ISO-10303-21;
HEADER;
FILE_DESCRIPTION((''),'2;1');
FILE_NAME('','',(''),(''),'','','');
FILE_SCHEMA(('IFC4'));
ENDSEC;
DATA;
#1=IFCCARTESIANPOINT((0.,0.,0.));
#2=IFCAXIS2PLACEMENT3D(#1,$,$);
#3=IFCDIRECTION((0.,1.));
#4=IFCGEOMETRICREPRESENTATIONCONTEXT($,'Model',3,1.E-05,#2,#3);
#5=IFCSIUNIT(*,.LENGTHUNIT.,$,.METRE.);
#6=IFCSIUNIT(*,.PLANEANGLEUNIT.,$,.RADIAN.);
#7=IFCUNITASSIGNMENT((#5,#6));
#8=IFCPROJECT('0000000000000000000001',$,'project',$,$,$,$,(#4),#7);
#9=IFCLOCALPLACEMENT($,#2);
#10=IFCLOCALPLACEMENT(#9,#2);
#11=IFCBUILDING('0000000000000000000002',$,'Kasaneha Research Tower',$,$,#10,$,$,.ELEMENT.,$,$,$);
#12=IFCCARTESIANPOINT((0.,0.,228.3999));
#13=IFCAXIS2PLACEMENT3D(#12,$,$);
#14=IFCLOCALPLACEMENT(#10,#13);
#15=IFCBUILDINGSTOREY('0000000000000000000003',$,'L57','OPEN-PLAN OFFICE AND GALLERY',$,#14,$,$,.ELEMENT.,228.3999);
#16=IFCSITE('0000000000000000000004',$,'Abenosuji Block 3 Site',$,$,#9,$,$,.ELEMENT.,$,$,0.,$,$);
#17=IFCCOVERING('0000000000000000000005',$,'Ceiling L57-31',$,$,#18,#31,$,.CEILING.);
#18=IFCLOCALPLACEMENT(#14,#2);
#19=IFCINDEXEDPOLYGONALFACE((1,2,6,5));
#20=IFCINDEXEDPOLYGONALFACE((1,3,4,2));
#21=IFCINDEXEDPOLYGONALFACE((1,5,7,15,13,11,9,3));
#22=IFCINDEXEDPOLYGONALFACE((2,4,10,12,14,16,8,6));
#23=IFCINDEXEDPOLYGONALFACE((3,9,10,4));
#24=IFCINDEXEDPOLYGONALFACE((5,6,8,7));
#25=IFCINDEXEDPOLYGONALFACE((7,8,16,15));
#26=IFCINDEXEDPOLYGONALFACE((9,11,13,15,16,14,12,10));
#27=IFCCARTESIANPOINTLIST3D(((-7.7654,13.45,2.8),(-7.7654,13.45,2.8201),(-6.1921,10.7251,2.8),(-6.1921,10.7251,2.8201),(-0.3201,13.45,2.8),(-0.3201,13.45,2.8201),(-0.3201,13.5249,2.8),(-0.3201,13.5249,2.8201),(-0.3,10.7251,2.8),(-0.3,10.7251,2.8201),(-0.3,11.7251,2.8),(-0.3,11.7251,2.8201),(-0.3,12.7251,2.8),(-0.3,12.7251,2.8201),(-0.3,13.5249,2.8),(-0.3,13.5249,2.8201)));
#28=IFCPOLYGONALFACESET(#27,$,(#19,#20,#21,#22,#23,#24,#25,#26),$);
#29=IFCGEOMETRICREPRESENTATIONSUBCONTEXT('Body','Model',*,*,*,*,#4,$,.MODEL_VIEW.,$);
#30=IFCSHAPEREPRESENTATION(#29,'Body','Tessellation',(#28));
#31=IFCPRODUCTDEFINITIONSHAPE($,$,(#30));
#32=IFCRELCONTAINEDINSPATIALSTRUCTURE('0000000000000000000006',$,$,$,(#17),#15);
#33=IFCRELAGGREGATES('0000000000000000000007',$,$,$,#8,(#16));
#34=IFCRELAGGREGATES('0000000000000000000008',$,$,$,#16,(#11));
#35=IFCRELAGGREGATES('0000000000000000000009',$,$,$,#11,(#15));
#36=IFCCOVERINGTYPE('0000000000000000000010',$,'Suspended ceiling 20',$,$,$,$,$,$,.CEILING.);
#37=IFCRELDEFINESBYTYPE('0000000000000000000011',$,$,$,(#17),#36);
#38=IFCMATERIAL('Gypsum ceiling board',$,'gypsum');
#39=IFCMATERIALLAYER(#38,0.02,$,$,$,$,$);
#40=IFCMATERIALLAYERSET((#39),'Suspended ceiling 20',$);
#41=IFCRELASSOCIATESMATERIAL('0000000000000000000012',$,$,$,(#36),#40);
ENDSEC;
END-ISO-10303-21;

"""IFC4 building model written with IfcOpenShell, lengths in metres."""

from ifc_helpers import new_model, si_unit, direction, frame, origin, place, context, subcontext, project, spatial, polyline, outline, extrude, material, layer, layer_set, type_object, element, save


model = new_model("IFC4")

# Units and contexts
model_context = context("Model", 3, precision=1e-05, world=origin(), true_north=direction((0.0, 1.0)))
body_context = subcontext(model_context, "Body", "Model", "MODEL_VIEW")
ifc_project = project(units=[si_unit("LENGTHUNIT", "METRE"), si_unit("PLANEANGLEUNIT", "RADIAN")], contexts=[model_context])

# Site, building, storey
site_placement = place(None, origin())
site = spatial("IfcSite", under=ifc_project, at=site_placement, Name="Abenosuji Block 3 Site", CompositionType="ELEMENT", RefElevation=0.0)
building_placement = place(site_placement, origin())
building = spatial("IfcBuilding", under=site, at=building_placement, Name="Kasaneha Research Tower", CompositionType="ELEMENT")
storey_placement = place(building_placement, frame((0.0, 0.0, 228.3999)))
storey = spatial("IfcBuildingStorey", under=building, at=storey_placement, Name="L57", Description="OPEN-PLAN OFFICE AND GALLERY", CompositionType="ELEMENT", Elevation=228.3999)

# Covering
ifc_material_1 = material(Name="Gypsum ceiling board", Category="gypsum")
ifc_layer_1 = layer(ifc_material_1, 0.02)
ifc_layer_set_1 = layer_set([ifc_layer_1], Name="Suspended ceiling 20")
covering_type_1 = type_object("IfcCoveringType", Name="Suspended ceiling 20", PredefinedType="CEILING", material=ifc_layer_set_1)
covering_1_placement = place(storey_placement, frame((0.0, 0.0, 2.8)))
element("IfcCovering", 1, at=covering_1_placement, inside=storey, type_object=covering_type_1, Name="Ceiling L57-31", PredefinedType="CEILING", context=body_context, shape_type="SweptSolid", body=[
    extrude(outline(polyline([(-0.3, 11.7251), (-0.3, 10.7251), (-6.1921, 10.7251), (-7.7654, 13.45), (-7.7654, 13.45), (-0.3201, 13.45), (-0.3201, 13.5249), (-0.3, 13.5249), (-0.3, 12.7251), (-0.3, 11.7251)])), origin(), (0.0, 0.0, 1.0), 0.02),
])

save(model, "model.ifc")
